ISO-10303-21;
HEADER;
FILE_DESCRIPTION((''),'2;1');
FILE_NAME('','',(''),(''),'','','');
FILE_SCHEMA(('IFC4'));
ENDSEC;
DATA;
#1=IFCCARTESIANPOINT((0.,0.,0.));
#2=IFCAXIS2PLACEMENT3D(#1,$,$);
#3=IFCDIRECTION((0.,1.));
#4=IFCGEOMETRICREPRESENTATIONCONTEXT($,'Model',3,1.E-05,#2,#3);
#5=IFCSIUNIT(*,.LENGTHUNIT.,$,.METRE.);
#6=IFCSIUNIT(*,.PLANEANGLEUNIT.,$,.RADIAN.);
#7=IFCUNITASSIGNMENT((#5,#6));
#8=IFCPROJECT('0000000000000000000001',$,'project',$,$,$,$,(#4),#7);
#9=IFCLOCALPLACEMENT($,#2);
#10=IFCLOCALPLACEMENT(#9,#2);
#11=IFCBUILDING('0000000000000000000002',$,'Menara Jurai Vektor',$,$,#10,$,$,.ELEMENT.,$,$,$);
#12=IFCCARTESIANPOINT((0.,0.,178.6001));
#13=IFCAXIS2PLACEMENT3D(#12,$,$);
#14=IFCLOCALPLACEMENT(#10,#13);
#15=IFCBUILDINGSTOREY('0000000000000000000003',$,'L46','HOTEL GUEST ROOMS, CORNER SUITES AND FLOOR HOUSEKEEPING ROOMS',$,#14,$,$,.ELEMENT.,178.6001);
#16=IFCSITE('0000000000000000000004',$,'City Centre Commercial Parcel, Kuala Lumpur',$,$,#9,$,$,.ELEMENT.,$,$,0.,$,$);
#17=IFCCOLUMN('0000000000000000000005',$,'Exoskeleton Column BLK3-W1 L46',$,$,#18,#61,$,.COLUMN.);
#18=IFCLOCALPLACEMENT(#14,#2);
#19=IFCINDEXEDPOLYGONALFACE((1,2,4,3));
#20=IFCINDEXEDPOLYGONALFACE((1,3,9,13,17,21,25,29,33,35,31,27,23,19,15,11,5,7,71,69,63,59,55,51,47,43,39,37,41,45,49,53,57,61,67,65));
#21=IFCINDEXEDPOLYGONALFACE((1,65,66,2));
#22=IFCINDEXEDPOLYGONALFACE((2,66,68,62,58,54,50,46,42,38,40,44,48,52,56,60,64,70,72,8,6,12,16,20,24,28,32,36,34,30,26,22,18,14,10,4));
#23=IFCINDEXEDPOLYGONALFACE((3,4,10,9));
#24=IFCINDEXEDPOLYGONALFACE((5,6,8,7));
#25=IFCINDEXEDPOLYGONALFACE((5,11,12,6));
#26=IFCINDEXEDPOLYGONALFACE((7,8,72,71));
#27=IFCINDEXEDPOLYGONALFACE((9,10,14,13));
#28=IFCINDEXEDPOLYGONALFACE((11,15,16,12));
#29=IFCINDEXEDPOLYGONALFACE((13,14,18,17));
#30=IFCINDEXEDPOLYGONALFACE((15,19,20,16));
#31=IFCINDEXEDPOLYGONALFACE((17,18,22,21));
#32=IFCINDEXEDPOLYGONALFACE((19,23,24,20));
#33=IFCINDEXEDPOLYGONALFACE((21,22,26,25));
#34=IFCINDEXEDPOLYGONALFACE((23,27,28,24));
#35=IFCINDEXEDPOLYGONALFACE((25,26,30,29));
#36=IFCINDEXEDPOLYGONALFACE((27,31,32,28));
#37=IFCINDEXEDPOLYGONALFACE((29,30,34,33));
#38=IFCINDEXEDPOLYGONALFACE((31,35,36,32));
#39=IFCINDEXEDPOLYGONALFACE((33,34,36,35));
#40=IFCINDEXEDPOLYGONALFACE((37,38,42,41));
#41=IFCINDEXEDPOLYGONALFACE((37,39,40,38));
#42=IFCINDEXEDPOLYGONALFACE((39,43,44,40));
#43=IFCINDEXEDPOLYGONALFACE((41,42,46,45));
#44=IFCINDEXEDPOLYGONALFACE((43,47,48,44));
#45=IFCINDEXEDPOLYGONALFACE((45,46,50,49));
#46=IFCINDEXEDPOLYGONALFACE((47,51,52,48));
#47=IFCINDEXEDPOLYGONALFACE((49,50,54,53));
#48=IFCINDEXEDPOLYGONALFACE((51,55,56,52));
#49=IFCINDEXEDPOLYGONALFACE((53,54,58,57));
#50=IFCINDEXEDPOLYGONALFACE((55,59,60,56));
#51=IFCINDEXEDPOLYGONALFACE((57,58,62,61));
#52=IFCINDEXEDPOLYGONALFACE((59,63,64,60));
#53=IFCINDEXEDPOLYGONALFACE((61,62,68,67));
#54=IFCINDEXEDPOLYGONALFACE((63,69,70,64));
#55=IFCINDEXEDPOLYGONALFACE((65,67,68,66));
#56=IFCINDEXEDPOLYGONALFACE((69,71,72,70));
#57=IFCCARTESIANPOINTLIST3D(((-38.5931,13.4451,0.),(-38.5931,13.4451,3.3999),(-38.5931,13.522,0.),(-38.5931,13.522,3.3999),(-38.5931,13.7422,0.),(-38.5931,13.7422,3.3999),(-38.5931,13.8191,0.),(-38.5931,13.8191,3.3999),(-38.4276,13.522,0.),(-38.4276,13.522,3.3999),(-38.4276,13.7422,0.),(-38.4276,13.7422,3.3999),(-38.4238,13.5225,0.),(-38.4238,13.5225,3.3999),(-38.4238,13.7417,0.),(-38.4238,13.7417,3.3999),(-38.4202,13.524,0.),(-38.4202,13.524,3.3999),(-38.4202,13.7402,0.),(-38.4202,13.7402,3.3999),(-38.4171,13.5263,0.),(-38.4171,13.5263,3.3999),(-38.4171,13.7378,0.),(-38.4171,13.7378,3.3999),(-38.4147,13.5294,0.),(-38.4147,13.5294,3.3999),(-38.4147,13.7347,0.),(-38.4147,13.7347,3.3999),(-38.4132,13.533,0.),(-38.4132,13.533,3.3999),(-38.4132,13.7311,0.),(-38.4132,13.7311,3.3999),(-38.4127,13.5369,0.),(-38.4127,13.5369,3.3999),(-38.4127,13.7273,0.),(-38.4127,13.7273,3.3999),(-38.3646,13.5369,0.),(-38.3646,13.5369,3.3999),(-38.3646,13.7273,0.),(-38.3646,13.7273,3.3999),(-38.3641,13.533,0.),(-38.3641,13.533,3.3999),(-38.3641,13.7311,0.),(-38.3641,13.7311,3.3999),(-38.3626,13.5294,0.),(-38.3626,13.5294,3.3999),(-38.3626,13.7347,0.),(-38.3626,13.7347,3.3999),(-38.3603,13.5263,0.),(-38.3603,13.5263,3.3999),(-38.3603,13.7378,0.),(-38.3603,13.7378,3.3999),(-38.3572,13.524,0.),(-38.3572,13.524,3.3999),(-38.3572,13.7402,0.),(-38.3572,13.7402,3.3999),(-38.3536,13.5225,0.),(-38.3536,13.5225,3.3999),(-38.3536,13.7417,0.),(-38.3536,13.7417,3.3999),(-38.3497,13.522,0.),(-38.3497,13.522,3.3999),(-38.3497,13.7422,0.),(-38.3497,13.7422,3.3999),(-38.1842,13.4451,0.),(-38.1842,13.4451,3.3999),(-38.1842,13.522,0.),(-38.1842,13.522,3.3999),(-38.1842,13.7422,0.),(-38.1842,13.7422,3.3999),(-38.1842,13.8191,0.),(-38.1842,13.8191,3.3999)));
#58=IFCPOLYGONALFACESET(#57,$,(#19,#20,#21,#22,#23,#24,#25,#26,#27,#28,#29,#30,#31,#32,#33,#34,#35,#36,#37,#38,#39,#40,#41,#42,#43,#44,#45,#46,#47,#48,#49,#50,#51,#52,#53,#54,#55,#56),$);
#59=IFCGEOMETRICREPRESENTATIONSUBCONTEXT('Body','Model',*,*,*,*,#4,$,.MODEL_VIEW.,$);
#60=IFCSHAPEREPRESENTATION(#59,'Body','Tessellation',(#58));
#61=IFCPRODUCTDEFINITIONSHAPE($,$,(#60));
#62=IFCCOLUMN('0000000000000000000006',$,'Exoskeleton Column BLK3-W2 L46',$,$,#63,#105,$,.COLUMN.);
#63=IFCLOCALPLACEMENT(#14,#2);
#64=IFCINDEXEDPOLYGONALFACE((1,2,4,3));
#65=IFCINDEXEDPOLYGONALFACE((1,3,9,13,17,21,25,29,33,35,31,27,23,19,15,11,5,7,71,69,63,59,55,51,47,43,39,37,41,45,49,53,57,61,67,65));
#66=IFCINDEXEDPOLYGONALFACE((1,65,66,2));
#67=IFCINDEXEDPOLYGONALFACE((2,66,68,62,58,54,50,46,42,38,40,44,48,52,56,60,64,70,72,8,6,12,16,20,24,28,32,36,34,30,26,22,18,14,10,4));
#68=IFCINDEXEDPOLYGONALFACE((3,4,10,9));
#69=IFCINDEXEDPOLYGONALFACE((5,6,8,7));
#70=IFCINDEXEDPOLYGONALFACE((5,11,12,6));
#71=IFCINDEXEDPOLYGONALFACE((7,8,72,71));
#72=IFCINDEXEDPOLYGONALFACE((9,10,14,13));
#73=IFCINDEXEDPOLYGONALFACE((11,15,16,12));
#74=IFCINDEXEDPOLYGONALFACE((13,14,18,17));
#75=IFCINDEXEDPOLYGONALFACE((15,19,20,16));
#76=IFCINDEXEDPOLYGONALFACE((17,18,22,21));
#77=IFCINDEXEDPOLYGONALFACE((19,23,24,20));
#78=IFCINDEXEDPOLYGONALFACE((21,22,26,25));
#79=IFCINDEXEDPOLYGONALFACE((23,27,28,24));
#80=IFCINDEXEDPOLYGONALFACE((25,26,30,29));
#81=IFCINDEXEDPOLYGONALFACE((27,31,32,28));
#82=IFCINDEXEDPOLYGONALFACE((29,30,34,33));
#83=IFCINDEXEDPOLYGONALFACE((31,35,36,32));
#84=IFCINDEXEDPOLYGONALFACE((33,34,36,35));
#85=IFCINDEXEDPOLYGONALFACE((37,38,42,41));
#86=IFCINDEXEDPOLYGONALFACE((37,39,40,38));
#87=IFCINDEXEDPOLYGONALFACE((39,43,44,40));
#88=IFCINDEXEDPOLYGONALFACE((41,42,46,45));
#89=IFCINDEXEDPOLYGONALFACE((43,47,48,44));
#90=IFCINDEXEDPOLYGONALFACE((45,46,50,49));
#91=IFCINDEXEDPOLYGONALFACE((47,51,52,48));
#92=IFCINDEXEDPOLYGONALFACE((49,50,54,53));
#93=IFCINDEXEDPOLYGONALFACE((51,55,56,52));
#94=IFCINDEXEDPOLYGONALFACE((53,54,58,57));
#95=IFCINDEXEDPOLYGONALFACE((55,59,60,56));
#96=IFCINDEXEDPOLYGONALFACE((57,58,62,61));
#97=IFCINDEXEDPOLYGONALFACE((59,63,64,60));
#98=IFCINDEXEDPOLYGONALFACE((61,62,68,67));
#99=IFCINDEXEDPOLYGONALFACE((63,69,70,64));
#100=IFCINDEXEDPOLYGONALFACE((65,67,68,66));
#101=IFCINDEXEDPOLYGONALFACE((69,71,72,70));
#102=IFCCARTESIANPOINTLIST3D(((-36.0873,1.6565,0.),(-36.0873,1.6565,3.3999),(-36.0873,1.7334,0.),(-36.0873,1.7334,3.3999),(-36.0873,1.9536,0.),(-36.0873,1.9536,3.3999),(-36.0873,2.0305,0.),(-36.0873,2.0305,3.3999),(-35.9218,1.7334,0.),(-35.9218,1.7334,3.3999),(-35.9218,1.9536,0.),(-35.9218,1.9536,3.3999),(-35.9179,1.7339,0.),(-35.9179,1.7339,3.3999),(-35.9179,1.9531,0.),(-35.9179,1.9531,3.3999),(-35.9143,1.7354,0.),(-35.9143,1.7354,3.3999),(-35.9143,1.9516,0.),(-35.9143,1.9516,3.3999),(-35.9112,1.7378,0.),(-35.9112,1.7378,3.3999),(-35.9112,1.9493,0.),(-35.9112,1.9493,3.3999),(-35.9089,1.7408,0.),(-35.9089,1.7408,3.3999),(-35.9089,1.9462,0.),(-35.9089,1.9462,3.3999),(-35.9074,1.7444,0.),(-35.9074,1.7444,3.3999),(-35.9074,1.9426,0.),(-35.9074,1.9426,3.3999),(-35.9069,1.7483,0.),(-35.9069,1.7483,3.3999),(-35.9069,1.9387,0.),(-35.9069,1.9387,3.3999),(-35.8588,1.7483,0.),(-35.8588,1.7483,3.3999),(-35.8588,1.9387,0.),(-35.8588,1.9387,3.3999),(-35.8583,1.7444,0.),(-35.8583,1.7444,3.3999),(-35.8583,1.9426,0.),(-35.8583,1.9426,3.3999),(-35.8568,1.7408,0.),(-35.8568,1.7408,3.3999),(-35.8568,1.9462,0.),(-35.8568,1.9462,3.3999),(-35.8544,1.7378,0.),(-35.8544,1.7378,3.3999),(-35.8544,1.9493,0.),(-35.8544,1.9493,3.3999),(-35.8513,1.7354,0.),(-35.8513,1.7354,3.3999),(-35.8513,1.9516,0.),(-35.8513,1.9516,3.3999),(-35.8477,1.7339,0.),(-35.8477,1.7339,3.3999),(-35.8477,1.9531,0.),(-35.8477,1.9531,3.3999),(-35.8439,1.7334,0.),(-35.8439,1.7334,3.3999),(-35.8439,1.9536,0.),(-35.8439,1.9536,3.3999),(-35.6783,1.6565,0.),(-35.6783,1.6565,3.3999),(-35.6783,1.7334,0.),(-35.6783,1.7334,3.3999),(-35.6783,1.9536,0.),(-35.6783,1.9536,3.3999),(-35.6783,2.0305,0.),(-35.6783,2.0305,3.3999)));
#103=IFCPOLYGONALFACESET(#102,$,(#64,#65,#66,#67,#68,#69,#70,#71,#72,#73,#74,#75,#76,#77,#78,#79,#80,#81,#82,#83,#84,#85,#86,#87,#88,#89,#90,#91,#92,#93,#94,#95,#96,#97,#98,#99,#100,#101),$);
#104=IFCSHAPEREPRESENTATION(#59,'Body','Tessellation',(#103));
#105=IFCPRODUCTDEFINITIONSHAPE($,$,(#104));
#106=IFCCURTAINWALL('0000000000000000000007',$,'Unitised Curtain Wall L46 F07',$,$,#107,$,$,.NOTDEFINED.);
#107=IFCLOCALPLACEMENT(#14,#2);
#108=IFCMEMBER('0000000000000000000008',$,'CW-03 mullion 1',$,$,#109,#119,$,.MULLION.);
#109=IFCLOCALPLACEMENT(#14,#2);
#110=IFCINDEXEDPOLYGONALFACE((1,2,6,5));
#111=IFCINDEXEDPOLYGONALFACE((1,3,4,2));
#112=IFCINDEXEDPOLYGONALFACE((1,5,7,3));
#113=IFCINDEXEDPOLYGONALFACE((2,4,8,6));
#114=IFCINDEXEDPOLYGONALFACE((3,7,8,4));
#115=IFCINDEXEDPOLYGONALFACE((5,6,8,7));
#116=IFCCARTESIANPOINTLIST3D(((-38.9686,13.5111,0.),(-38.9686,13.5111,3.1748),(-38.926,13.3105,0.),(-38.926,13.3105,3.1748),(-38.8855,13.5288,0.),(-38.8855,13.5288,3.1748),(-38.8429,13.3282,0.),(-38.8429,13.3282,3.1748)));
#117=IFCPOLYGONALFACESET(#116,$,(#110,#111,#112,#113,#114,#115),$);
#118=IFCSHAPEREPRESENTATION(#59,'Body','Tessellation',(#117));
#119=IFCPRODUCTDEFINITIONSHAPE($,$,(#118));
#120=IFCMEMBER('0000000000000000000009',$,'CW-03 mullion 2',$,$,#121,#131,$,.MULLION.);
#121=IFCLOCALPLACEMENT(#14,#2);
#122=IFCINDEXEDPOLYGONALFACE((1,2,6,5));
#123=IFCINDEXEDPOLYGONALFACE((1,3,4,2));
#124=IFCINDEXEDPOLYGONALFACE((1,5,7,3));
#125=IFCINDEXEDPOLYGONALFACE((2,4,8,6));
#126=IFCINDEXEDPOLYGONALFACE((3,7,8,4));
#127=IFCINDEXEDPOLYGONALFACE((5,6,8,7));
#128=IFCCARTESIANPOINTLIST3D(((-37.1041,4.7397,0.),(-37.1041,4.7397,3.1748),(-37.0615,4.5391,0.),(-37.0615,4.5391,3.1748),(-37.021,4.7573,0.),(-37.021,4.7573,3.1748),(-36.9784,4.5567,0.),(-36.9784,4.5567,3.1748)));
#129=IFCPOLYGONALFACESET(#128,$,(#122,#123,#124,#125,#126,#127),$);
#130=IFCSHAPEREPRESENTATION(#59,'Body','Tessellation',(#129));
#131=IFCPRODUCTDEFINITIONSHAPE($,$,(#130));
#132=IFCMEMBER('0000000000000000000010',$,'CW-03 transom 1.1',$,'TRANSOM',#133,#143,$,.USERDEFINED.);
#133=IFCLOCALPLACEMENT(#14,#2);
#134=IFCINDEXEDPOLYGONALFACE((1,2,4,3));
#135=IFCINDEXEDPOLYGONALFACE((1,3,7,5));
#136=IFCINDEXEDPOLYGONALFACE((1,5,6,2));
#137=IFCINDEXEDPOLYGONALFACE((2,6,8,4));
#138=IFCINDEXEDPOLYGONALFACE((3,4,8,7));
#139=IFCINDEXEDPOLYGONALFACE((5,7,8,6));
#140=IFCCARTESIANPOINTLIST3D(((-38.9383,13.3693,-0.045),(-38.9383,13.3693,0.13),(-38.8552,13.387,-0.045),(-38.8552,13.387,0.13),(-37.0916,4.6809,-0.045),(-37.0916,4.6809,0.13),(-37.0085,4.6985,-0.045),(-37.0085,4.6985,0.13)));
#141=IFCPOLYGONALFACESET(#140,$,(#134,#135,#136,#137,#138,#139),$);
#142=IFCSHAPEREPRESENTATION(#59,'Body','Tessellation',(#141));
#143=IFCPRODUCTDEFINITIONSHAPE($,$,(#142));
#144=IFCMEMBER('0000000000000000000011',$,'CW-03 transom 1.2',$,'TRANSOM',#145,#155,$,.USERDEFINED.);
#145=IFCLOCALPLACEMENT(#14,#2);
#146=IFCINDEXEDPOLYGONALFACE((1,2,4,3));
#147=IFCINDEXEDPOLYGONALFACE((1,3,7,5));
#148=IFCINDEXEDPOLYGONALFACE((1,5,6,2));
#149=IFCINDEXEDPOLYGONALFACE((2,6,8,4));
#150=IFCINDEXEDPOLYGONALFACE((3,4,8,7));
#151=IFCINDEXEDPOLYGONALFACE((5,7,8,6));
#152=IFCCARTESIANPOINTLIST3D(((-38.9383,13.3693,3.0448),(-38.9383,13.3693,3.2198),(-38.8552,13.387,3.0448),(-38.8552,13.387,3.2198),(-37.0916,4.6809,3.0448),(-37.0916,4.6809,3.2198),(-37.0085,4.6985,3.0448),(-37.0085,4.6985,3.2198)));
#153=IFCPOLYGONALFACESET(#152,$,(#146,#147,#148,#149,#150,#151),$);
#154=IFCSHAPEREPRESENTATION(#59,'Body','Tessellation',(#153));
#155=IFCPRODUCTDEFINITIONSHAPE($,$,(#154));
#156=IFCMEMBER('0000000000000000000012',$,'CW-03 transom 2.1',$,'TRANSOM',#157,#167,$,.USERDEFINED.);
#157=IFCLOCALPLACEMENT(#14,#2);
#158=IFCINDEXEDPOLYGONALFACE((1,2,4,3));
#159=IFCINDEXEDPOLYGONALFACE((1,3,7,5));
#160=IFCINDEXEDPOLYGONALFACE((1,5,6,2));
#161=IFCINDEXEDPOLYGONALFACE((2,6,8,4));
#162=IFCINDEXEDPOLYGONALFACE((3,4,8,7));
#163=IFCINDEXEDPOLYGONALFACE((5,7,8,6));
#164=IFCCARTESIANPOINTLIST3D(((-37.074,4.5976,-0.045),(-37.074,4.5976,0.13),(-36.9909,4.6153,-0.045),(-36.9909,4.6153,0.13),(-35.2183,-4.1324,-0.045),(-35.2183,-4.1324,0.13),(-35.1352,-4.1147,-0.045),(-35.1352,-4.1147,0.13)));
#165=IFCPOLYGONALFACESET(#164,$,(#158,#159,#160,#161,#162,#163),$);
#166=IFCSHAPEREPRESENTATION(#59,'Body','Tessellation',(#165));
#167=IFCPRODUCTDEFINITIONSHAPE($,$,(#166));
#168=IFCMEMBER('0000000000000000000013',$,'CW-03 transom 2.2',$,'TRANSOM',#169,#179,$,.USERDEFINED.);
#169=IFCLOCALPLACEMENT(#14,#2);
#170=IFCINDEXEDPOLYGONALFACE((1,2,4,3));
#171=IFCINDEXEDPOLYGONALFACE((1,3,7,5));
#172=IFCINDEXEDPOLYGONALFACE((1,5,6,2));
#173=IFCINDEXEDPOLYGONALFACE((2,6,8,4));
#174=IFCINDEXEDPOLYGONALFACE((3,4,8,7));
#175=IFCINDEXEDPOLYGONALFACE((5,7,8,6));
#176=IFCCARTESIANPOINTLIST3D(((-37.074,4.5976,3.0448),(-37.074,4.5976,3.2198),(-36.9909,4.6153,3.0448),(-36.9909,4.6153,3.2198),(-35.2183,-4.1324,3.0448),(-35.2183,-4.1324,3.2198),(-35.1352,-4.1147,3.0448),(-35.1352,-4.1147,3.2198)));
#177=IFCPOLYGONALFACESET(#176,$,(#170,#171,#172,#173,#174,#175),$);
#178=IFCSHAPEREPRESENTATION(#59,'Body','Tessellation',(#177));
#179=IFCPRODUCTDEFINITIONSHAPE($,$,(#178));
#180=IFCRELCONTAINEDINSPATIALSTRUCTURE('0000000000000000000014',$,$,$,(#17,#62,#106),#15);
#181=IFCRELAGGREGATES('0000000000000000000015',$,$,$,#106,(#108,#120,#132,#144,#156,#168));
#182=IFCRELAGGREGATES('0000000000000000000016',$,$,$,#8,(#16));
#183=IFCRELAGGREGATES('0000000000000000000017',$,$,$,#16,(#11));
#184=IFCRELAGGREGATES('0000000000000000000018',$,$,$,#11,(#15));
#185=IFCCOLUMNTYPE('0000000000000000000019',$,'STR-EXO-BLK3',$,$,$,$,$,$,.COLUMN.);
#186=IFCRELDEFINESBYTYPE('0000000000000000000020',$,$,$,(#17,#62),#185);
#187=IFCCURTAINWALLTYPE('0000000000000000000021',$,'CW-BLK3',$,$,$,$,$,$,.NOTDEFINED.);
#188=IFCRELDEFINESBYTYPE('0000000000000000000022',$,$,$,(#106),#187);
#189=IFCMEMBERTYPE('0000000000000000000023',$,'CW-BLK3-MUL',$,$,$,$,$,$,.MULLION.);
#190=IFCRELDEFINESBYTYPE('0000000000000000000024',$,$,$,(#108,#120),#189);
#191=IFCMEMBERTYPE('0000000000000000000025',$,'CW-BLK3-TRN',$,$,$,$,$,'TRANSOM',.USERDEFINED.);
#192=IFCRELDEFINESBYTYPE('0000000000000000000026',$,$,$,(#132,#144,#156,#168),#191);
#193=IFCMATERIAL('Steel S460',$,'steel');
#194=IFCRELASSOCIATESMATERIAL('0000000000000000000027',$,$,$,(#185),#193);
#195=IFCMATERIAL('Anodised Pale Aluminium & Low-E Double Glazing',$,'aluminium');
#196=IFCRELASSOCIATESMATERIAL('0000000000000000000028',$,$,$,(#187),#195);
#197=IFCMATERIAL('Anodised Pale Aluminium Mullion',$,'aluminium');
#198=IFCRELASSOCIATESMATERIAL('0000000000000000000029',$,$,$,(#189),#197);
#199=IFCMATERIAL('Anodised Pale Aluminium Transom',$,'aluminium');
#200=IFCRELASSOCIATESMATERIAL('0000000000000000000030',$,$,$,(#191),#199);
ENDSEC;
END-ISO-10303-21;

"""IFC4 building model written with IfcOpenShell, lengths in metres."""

from ifc_helpers import new_model, si_unit, direction, frame, origin, origin_2d, place, context, subcontext, project, spatial, rectangle, i_section, extrude, material, material_profile, profile_set, type_object, element, aggregate, save


model = new_model("IFC4")

# Units and contexts
model_context = context("Model", 3, precision=1e-05, world=origin(), true_north=direction((0.0, 1.0)))
body_context = subcontext(model_context, "Body", "Model", "MODEL_VIEW")
ifc_project = project(units=[si_unit("LENGTHUNIT", "METRE"), si_unit("PLANEANGLEUNIT", "RADIAN")], contexts=[model_context])

# Site, building, storey
site_placement = place(None, origin())
site = spatial("IfcSite", under=ifc_project, at=site_placement, Name="City Centre Commercial Parcel, Kuala Lumpur", CompositionType="ELEMENT", RefElevation=0.0)
building_placement = place(site_placement, origin())
building = spatial("IfcBuilding", under=site, at=building_placement, Name="Menara Jurai Vektor", CompositionType="ELEMENT")
storey_placement = place(building_placement, frame((0.0, 0.0, 178.6001)))
storey = spatial("IfcBuildingStorey", under=building, at=storey_placement, Name="L46", Description="HOTEL GUEST ROOMS, CORNER SUITES AND FLOOR HOUSEKEEPING ROOMS", CompositionType="ELEMENT", Elevation=178.6001)

# Columns
ifc_material_1 = material(Name="Steel S460", Category="steel")
ifc_material_profile_1 = material_profile(ifc_material_1, i_section(OverallWidth=0.4089, OverallDepth=0.374, WebThickness=0.0481, FlangeThickness=0.0769, FilletRadius=0.0149, at=origin_2d()), Name="HD 400x634")
ifc_profile_set_1 = profile_set([ifc_material_profile_1], Name="Steel S460")
column_type = type_object("IfcColumnType", Name="STR-EXO-BLK3", PredefinedType="COLUMN", material=ifc_profile_set_1)
for number, where, z_axis, x_axis, name in (
    (1, (-38.3887, 13.6321, 0.0), (0.0, 0.0, 1.0), (1.0, 0.0, 0.0), "Exoskeleton Column BLK3-W1 L46"),
    (2, (-35.8828, 1.8435, 0.0), (0.0, 0.0, 1.0), (1.0, 0.0, 0.0), "Exoskeleton Column BLK3-W2 L46"),
):
    element("IfcColumn", number, at=place(storey_placement, frame(where, z_axis=z_axis, x_axis=x_axis)), inside=storey, type_object=column_type, Name=name, PredefinedType="COLUMN", context=body_context, shape_type="SweptSolid", body=[
        extrude(i_section(OverallWidth=0.4089, OverallDepth=0.374, WebThickness=0.0481, FlangeThickness=0.0769, FilletRadius=0.0149, at=origin_2d()), origin(), (0.0, 0.0, 1.0), 3.3999),
    ])

# Curtain wall, members
ifc_material_2 = material(Name="Anodised Pale Aluminium & Low-E Double Glazing", Category="aluminium")
curtain_wall_type = type_object("IfcCurtainWallType", Name="CW-BLK3", PredefinedType="NOTDEFINED", material=ifc_material_2)
curtain_wall_placement = place(storey_placement, origin())
curtain_wall = element("IfcCurtainWall", 3, at=curtain_wall_placement, inside=storey, type_object=curtain_wall_type, Name="Unitised Curtain Wall L46 F07", PredefinedType="NOTDEFINED")
ifc_material_3 = material(Name="Anodised Pale Aluminium Mullion", Category="aluminium")
ifc_material_profile_2 = material_profile(ifc_material_3, rectangle(XDim=0.085, YDim=0.2051, at=origin_2d()), Name="ALU MUL 85x205")
ifc_profile_set_2 = profile_set([ifc_material_profile_2], Name="Anodised Pale Aluminium Mullion")
member_type_1 = type_object("IfcMemberType", Name="CW-BLK3-MUL", PredefinedType="MULLION", material=ifc_profile_set_2)
member_1_placement = place(storey_placement, frame((-38.9058, 13.4197, 0.0), z_axis=(0.0, 0.0, 1.0), x_axis=(0.978148, 0.20791, 0.0)))
member_1 = element("IfcMember", 4, at=member_1_placement, type_object=member_type_1, Name="CW-03 mullion 1", PredefinedType="MULLION", context=body_context, shape_type="SweptSolid", body=[
    extrude(rectangle(XDim=0.085, YDim=0.2051, at=origin_2d()), origin(), (0.0, 0.0, 1.0), 3.1748),
])
member_2_placement = place(storey_placement, frame((-37.0413, 4.6482, 0.0), z_axis=(0.0, 0.0, 1.0), x_axis=(0.978148, 0.20791, 0.0)))
member_2 = element("IfcMember", 5, at=member_2_placement, type_object=member_type_1, Name="CW-03 mullion 2", PredefinedType="MULLION", context=body_context, shape_type="SweptSolid", body=[
    extrude(rectangle(XDim=0.085, YDim=0.2051, at=origin_2d()), origin(), (0.0, 0.0, 1.0), 3.1748),
])
ifc_material_4 = material(Name="Anodised Pale Aluminium Transom", Category="aluminium")
ifc_material_profile_3 = material_profile(ifc_material_4, rectangle(XDim=0.085, YDim=0.175, at=origin_2d()), Name="ALU TRN 85x175")
ifc_profile_set_3 = profile_set([ifc_material_profile_3], Name="Anodised Pale Aluminium Transom")
member_type_2 = type_object("IfcMemberType", Name="CW-BLK3-TRN", ElementType="TRANSOM", PredefinedType="USERDEFINED", material=ifc_profile_set_3)
member_3_placement = place(storey_placement, frame((-38.8967, 13.3782, 0.0425), z_axis=(0.2079, -0.97815, 0.0), x_axis=(0.97815, 0.2079, 0.0)))
member_3 = element("IfcMember", 6, at=member_3_placement, type_object=member_type_2, Name="CW-03 transom 1.1", ObjectType="TRANSOM", PredefinedType="USERDEFINED", context=body_context, shape_type="SweptSolid", body=[
    extrude(rectangle(XDim=0.085, YDim=0.175, at=origin_2d()), origin(), (0.0, 0.0, 1.0), 8.8826),
])
member_4_placement = place(storey_placement, frame((-38.8967, 13.3782, 3.1323), z_axis=(0.2079, -0.97815, 0.0), x_axis=(0.97815, 0.2079, 0.0)))
member_4 = element("IfcMember", 7, at=member_4_placement, type_object=member_type_2, Name="CW-03 transom 1.2", ObjectType="TRANSOM", PredefinedType="USERDEFINED", context=body_context, shape_type="SweptSolid", body=[
    extrude(rectangle(XDim=0.085, YDim=0.175, at=origin_2d()), origin(), (0.0, 0.0, 1.0), 8.8826),
])
member_5_placement = place(storey_placement, frame((-37.0325, 4.6064, 0.0425), z_axis=(0.207922, -0.978145, 0.0), x_axis=(0.978145, 0.207922, 0.0)))
member_5 = element("IfcMember", 8, at=member_5_placement, type_object=member_type_2, Name="CW-03 transom 2.1", ObjectType="TRANSOM", PredefinedType="USERDEFINED", context=body_context, shape_type="SweptSolid", body=[
    extrude(rectangle(XDim=0.085, YDim=0.175, at=origin_2d()), origin(), (0.0, 0.0, 1.0), 8.925),
])
member_6_placement = place(storey_placement, frame((-37.0325, 4.6064, 3.1323), z_axis=(0.207922, -0.978145, 0.0), x_axis=(0.978145, 0.207922, 0.0)))
member_6 = element("IfcMember", 9, at=member_6_placement, type_object=member_type_2, Name="CW-03 transom 2.2", ObjectType="TRANSOM", PredefinedType="USERDEFINED", context=body_context, shape_type="SweptSolid", body=[
    extrude(rectangle(XDim=0.085, YDim=0.175, at=origin_2d()), origin(), (0.0, 0.0, 1.0), 8.925),
])

aggregate(curtain_wall, [member_1, member_2, member_3, member_4, member_5, member_6])

save(model, "model.ifc")
